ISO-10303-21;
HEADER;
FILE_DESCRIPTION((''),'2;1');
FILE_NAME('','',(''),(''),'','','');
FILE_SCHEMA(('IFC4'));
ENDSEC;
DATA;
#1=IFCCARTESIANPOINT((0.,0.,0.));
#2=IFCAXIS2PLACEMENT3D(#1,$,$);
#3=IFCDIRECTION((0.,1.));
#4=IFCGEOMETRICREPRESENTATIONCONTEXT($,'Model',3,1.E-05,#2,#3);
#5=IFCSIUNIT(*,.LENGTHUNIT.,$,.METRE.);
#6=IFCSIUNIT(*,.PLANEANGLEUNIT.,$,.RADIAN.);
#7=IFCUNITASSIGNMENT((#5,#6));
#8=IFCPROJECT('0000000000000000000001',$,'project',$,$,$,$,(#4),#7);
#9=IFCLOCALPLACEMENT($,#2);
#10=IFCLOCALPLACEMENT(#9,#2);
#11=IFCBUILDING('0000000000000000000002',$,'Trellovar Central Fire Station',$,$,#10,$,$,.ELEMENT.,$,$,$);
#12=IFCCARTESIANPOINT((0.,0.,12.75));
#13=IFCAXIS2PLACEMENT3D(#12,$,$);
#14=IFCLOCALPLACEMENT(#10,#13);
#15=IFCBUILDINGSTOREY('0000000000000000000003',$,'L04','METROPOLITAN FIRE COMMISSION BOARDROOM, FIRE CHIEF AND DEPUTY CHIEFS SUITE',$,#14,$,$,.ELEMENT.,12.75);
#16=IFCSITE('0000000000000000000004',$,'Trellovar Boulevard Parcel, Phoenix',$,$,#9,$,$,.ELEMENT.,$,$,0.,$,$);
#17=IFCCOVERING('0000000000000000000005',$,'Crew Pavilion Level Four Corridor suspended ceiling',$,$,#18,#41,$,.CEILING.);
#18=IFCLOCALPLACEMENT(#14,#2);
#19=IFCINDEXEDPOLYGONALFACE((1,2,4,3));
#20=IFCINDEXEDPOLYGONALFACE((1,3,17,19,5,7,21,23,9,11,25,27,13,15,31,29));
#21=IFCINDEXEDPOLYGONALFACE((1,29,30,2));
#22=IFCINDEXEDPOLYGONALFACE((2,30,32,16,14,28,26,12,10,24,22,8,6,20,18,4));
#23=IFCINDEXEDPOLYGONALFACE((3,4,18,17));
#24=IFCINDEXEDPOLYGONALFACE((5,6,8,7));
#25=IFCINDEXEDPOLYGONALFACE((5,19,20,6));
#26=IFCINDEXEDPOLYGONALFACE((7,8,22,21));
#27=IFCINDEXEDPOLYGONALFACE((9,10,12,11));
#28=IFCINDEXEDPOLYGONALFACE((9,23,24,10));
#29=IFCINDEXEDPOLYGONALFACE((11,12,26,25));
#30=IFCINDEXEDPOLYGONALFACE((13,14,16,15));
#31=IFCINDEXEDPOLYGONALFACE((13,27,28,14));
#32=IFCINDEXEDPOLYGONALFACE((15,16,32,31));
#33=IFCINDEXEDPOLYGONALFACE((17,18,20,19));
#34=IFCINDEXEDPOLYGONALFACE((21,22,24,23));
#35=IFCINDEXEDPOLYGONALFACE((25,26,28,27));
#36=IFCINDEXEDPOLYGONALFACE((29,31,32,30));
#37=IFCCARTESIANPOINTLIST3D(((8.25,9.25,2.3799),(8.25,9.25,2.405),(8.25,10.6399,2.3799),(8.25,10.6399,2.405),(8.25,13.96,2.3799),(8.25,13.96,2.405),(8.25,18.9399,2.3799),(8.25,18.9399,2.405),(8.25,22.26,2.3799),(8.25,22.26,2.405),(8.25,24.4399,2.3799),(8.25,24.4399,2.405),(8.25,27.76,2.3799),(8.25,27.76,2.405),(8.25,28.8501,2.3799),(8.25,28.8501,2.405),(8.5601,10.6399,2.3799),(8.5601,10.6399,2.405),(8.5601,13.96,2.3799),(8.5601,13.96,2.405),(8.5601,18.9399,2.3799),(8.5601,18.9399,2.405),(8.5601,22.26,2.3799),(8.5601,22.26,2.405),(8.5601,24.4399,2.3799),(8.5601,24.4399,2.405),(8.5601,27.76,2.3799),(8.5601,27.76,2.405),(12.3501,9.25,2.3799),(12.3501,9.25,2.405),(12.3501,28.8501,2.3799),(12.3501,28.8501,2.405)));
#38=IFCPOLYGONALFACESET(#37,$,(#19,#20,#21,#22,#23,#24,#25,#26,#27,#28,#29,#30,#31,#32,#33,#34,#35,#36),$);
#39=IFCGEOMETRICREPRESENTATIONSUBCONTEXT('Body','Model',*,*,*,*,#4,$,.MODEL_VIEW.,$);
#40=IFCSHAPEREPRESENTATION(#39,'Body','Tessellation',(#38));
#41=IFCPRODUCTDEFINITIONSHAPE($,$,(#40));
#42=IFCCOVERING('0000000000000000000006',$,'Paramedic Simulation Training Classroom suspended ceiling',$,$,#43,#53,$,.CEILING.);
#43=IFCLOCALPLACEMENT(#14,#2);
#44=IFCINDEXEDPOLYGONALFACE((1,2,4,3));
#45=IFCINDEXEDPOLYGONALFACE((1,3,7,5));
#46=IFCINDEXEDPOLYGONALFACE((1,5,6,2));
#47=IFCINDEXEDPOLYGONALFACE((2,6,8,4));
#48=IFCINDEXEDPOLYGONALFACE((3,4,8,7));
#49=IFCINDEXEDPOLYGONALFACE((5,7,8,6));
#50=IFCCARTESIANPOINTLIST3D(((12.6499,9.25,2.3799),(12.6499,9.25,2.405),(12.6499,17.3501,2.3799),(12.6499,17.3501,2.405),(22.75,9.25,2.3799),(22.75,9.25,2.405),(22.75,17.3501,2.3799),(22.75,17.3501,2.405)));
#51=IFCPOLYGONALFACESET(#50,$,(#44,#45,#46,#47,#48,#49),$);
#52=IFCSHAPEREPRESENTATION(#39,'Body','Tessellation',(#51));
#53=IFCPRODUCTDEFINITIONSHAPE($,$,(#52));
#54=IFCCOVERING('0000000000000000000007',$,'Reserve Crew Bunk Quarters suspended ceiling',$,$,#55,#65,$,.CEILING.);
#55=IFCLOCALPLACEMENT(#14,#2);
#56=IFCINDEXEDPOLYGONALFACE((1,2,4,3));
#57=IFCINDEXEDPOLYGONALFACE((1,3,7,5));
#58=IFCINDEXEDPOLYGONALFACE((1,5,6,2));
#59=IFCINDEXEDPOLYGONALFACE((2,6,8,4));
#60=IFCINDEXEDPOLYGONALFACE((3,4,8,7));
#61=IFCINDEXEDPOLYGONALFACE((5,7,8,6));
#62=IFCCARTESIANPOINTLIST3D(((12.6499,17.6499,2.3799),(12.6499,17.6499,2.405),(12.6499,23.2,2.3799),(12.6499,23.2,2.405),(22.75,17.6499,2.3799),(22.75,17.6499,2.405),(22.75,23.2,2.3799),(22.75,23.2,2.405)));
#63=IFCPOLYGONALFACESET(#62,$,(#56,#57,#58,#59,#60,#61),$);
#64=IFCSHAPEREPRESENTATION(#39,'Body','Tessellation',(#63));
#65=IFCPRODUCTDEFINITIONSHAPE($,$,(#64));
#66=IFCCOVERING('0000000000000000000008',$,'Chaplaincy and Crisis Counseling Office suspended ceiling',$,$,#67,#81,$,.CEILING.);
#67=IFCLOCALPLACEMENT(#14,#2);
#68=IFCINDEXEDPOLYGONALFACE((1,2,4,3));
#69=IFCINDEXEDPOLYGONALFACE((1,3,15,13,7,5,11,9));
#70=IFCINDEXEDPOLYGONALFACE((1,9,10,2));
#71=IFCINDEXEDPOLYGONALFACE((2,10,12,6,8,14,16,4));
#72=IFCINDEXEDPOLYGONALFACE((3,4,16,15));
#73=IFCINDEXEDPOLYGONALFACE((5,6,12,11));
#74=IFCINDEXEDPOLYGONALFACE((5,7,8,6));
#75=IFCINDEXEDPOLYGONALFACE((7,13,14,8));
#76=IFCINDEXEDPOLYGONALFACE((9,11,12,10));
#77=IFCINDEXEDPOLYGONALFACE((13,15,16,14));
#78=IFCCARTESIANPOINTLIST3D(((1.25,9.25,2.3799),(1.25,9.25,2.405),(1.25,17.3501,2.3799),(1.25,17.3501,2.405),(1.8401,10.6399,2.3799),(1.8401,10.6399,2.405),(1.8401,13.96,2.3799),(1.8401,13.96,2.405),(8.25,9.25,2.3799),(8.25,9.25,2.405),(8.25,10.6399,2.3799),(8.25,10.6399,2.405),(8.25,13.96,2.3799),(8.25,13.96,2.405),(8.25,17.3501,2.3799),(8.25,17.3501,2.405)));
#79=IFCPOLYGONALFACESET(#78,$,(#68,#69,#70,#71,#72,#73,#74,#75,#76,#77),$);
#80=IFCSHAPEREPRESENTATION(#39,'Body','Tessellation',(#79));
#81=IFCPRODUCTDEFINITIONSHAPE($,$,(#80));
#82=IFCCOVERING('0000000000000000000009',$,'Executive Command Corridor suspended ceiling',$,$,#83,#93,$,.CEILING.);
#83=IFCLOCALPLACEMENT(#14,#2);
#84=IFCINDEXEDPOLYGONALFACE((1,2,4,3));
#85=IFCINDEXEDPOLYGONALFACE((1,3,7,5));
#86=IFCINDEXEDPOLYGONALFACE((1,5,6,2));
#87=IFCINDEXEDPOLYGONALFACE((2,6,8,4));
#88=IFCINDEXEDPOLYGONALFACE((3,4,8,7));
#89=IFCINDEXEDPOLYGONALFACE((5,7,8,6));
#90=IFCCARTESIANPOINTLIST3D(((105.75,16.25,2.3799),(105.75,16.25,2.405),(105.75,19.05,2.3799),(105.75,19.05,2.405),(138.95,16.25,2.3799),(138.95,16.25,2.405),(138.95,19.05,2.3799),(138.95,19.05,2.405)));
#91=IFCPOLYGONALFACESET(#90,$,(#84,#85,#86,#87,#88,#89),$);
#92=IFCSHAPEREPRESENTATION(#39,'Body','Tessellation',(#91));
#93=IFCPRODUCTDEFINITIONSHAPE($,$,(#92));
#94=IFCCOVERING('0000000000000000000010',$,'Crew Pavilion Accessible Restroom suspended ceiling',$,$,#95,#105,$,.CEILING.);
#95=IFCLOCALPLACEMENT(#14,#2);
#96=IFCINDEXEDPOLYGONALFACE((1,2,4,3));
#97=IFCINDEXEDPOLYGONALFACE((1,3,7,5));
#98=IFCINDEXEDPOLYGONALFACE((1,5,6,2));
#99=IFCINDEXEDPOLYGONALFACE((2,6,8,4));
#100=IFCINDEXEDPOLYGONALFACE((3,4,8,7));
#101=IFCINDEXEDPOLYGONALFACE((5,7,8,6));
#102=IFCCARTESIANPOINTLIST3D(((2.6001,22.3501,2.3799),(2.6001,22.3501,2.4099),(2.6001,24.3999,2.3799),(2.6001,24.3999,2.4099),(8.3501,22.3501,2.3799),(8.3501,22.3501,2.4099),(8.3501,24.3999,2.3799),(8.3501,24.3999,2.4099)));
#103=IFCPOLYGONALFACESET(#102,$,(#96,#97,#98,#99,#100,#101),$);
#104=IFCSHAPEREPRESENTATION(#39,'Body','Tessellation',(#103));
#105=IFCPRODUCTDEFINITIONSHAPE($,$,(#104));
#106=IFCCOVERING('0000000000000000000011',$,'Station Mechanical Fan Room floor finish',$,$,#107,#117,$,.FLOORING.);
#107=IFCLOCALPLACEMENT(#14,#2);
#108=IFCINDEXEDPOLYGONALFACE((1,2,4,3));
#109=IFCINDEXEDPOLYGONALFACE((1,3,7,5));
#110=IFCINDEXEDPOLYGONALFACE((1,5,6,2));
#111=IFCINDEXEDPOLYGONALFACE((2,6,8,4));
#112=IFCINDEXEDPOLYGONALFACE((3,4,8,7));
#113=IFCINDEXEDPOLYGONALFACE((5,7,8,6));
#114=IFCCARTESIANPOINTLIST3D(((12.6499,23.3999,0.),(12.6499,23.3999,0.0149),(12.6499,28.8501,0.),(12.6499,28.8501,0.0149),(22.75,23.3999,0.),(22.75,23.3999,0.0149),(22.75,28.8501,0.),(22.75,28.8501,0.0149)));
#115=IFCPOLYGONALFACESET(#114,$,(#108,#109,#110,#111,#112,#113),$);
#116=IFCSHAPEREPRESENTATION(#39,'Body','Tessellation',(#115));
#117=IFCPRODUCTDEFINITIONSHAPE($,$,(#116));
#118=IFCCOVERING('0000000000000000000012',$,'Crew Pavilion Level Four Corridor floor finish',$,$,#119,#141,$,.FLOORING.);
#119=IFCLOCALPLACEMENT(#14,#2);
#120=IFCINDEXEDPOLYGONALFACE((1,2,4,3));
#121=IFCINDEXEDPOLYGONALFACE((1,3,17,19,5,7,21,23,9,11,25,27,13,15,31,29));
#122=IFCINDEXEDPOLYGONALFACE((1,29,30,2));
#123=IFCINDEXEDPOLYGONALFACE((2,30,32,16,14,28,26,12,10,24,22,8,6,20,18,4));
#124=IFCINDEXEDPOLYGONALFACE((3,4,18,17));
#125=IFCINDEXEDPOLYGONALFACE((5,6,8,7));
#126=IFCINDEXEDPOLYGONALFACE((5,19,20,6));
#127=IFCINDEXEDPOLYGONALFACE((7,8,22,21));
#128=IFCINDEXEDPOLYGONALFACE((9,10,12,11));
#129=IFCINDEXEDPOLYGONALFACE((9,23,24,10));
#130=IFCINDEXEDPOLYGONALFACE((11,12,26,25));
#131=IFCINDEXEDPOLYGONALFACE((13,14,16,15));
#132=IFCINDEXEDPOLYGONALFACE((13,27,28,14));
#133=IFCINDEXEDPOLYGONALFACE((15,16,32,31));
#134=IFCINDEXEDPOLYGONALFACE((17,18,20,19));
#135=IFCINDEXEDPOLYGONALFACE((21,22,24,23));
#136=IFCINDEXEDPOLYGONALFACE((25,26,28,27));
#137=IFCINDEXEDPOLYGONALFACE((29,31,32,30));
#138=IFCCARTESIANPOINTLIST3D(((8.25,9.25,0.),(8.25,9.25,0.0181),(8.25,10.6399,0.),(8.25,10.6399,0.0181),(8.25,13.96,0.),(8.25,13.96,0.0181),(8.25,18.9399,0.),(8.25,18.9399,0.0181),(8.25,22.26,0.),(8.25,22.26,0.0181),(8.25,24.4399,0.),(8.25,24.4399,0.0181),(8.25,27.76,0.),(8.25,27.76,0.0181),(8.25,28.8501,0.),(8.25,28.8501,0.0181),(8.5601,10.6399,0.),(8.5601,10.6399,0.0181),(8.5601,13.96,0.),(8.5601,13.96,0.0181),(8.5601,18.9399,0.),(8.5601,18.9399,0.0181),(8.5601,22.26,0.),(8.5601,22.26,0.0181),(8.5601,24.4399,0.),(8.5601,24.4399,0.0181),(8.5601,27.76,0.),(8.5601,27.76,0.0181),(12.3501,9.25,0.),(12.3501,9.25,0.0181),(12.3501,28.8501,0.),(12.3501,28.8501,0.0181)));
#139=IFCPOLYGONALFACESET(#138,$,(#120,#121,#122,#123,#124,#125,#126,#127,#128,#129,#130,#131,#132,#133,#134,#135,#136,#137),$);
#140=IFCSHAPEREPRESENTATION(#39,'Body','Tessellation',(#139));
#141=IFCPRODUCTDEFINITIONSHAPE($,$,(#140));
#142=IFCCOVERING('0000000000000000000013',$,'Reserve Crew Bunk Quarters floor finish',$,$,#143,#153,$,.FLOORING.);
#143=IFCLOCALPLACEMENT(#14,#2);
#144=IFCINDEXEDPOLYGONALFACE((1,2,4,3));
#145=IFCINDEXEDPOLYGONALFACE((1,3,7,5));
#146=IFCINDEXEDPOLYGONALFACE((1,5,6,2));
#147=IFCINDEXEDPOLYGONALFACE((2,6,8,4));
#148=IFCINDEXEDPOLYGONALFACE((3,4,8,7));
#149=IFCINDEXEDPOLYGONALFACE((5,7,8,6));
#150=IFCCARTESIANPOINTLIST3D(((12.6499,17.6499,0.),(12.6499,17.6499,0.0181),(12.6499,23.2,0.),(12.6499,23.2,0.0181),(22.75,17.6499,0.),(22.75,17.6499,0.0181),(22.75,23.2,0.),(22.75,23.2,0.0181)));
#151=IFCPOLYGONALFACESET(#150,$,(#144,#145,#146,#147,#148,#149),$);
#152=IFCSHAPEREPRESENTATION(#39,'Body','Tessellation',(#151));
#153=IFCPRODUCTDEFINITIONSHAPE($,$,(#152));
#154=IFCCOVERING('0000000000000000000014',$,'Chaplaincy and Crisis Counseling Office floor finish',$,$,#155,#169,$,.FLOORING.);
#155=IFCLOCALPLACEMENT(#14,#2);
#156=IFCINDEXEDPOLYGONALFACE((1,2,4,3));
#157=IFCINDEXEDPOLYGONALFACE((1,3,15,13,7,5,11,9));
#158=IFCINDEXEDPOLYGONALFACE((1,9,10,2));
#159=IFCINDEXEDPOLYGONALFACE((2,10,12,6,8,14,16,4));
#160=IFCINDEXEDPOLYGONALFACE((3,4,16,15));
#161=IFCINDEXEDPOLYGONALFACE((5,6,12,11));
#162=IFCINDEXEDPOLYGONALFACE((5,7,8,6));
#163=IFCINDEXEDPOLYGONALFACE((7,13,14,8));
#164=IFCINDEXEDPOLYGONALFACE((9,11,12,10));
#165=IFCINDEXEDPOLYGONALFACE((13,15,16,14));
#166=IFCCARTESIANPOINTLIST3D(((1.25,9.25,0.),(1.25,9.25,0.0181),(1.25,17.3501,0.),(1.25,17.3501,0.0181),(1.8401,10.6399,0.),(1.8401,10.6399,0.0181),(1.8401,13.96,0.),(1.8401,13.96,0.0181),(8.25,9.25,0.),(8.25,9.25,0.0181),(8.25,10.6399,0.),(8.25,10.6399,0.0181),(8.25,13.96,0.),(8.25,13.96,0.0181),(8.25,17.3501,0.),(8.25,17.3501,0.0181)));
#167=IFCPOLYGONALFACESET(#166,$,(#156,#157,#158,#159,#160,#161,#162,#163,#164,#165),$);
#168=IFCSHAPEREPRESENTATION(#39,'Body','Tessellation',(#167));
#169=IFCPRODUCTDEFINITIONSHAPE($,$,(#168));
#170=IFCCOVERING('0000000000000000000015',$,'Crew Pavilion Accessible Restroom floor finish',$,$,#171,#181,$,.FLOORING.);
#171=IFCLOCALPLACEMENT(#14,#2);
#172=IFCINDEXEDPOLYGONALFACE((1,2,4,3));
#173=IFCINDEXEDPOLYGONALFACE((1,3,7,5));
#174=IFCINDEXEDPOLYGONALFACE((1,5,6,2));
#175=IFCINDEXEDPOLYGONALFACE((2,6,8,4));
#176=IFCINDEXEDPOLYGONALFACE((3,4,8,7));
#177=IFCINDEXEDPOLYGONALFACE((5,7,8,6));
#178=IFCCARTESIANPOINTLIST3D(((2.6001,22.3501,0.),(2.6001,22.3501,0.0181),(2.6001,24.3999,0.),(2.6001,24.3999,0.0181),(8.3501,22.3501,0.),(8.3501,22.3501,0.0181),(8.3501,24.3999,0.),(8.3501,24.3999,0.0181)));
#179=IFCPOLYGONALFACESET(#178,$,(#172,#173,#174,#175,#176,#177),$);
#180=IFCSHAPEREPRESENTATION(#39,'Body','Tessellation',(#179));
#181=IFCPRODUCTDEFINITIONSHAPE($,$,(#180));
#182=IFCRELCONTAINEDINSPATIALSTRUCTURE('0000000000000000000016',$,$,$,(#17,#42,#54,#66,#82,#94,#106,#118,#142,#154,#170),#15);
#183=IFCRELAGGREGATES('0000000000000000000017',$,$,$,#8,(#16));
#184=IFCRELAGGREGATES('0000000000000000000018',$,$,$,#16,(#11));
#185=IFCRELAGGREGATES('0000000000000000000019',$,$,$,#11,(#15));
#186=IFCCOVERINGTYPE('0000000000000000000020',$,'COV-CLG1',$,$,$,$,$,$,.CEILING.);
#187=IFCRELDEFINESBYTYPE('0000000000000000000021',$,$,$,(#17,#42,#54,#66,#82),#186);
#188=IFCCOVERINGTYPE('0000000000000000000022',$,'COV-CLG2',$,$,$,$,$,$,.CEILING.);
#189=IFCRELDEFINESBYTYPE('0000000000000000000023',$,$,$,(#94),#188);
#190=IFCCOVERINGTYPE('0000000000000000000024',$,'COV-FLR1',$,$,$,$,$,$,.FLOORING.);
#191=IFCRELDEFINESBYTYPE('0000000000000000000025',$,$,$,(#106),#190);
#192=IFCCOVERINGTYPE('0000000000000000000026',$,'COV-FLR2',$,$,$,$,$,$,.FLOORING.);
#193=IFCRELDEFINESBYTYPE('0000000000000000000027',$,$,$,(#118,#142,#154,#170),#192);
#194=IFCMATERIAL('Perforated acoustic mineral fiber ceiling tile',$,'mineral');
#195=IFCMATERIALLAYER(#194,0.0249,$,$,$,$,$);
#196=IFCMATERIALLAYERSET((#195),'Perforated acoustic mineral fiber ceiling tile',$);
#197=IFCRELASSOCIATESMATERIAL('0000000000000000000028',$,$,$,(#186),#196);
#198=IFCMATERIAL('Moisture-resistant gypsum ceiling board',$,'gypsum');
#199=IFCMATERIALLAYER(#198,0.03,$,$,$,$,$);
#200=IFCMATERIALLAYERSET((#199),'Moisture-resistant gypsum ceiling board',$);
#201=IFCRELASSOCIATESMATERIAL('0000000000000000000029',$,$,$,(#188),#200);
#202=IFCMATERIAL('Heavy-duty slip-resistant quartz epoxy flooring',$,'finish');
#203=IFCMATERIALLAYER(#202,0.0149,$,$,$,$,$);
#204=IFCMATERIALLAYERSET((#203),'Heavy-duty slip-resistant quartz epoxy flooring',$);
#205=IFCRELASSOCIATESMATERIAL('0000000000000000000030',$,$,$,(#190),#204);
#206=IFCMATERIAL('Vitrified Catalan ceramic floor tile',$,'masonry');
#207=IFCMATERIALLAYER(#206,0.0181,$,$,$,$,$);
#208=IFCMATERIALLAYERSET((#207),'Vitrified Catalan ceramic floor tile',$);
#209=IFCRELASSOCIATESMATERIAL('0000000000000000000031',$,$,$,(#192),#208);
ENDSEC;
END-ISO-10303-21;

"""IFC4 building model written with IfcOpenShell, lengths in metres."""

from ifc_helpers import new_model, si_unit, direction, frame, origin, place, context, subcontext, project, spatial, polyline, outline, extrude, material, layer, layer_set, type_object, element, save


model = new_model("IFC4")

# Units and contexts
model_context = context("Model", 3, precision=1e-05, world=origin(), true_north=direction((0.0, 1.0)))
body_context = subcontext(model_context, "Body", "Model", "MODEL_VIEW")
ifc_project = project(units=[si_unit("LENGTHUNIT", "METRE"), si_unit("PLANEANGLEUNIT", "RADIAN")], contexts=[model_context])

# Site, building, storey
site_placement = place(None, origin())
site = spatial("IfcSite", under=ifc_project, at=site_placement, Name="Trellovar Boulevard Parcel, Phoenix", CompositionType="ELEMENT", RefElevation=0.0)
building_placement = place(site_placement, origin())
building = spatial("IfcBuilding", under=site, at=building_placement, Name="Trellovar Central Fire Station", CompositionType="ELEMENT")
storey_placement = place(building_placement, frame((0.0, 0.0, 12.75)))
storey = spatial("IfcBuildingStorey", under=building, at=storey_placement, Name="L04", Description="METROPOLITAN FIRE COMMISSION BOARDROOM, FIRE CHIEF AND DEPUTY CHIEFS SUITE", CompositionType="ELEMENT", Elevation=12.75)

# Coverings
ifc_material_1 = material(Name="Perforated acoustic mineral fiber ceiling tile", Category="mineral")
ifc_layer_1 = layer(ifc_material_1, 0.0249)
ifc_layer_set_1 = layer_set([ifc_layer_1], Name="Perforated acoustic mineral fiber ceiling tile")
covering_type_1 = type_object("IfcCoveringType", Name="COV-CLG1", PredefinedType="CEILING", material=ifc_layer_set_1)
covering_1_placement = place(storey_placement, frame((0.0, 0.0, 2.3799)))
element("IfcCovering", 1, at=covering_1_placement, inside=storey, type_object=covering_type_1, Name="Crew Pavilion Level Four Corridor suspended ceiling", PredefinedType="CEILING", context=body_context, shape_type="SweptSolid", body=[
    extrude(outline(polyline([(8.5601, 18.9399), (8.5601, 22.26), (8.25, 22.26), (8.25, 24.4399), (8.5601, 24.4399), (8.5601, 27.76), (8.25, 27.76), (8.25, 28.8501), (12.3501, 28.8501), (12.3501, 9.25), (8.25, 9.25), (8.25, 10.6399), (8.5601, 10.6399), (8.5601, 13.96), (8.25, 13.96), (8.25, 18.9399), (8.5601, 18.9399)])), origin(), (0.0, 0.0, 1.0), 0.0251),
])
covering_2_placement = place(storey_placement, frame((0.0, 0.0, 2.3799)))
element("IfcCovering", 2, at=covering_2_placement, inside=storey, type_object=covering_type_1, Name="Paramedic Simulation Training Classroom suspended ceiling", PredefinedType="CEILING", context=body_context, shape_type="SweptSolid", body=[
    extrude(outline(polyline([(22.75, 17.3501), (22.75, 9.25), (12.6499, 9.25), (12.6499, 17.3501), (22.75, 17.3501)])), origin(), (0.0, 0.0, 1.0), 0.0251),
])
covering_3_placement = place(storey_placement, frame((0.0, 0.0, 2.3799)))
element("IfcCovering", 3, at=covering_3_placement, inside=storey, type_object=covering_type_1, Name="Reserve Crew Bunk Quarters suspended ceiling", PredefinedType="CEILING", context=body_context, shape_type="SweptSolid", body=[
    extrude(outline(polyline([(22.75, 23.2), (22.75, 17.6499), (12.6499, 17.6499), (12.6499, 23.2), (22.75, 23.2)])), origin(), (0.0, 0.0, 1.0), 0.0251),
])
covering_4_placement = place(storey_placement, frame((0.0, 0.0, 2.3799)))
element("IfcCovering", 4, at=covering_4_placement, inside=storey, type_object=covering_type_1, Name="Chaplaincy and Crisis Counseling Office suspended ceiling", PredefinedType="CEILING", context=body_context, shape_type="SweptSolid", body=[
    extrude(outline(polyline([(8.25, 17.3501), (8.25, 13.96), (1.8401, 13.96), (1.8401, 10.6399), (8.25, 10.6399), (8.25, 9.25), (1.25, 9.25), (1.25, 17.3501), (8.25, 17.3501)])), origin(), (0.0, 0.0, 1.0), 0.0251),
])
covering_5_placement = place(storey_placement, frame((0.0, 0.0, 2.3799)))
element("IfcCovering", 5, at=covering_5_placement, inside=storey, type_object=covering_type_1, Name="Executive Command Corridor suspended ceiling", PredefinedType="CEILING", context=body_context, shape_type="SweptSolid", body=[
    extrude(outline(polyline([(138.95, 19.05), (138.95, 16.25), (105.75, 16.25), (105.75, 19.05), (138.95, 19.05)])), origin(), (0.0, 0.0, 1.0), 0.0251),
])
ifc_material_2 = material(Name="Moisture-resistant gypsum ceiling board", Category="gypsum")
ifc_layer_2 = layer(ifc_material_2, 0.03)
ifc_layer_set_2 = layer_set([ifc_layer_2], Name="Moisture-resistant gypsum ceiling board")
covering_type_2 = type_object("IfcCoveringType", Name="COV-CLG2", PredefinedType="CEILING", material=ifc_layer_set_2)
covering_6_placement = place(storey_placement, frame((0.0, 0.0, 2.3799)))
element("IfcCovering", 6, at=covering_6_placement, inside=storey, type_object=covering_type_2, Name="Crew Pavilion Accessible Restroom suspended ceiling", PredefinedType="CEILING", context=body_context, shape_type="SweptSolid", body=[
    extrude(outline(polyline([(8.3501, 24.3999), (8.3501, 22.3501), (2.6001, 22.3501), (2.6001, 24.3999), (8.3501, 24.3999)])), origin(), (0.0, 0.0, 1.0), 0.03),
])
ifc_material_3 = material(Name="Heavy-duty slip-resistant quartz epoxy flooring", Category="finish")
ifc_layer_3 = layer(ifc_material_3, 0.0149)
ifc_layer_set_3 = layer_set([ifc_layer_3], Name="Heavy-duty slip-resistant quartz epoxy flooring")
covering_type_3 = type_object("IfcCoveringType", Name="COV-FLR1", PredefinedType="FLOORING", material=ifc_layer_set_3)
covering_7_placement = place(storey_placement, origin())
element("IfcCovering", 7, at=covering_7_placement, inside=storey, type_object=covering_type_3, Name="Station Mechanical Fan Room floor finish", PredefinedType="FLOORING", context=body_context, shape_type="SweptSolid", body=[
    extrude(outline(polyline([(22.75, 28.8501), (22.75, 23.3999), (12.6499, 23.3999), (12.6499, 28.8501), (22.75, 28.8501)])), origin(), (0.0, 0.0, 1.0), 0.0149),
])
ifc_material_4 = material(Name="Vitrified Catalan ceramic floor tile", Category="masonry")
ifc_layer_4 = layer(ifc_material_4, 0.0181)
ifc_layer_set_4 = layer_set([ifc_layer_4], Name="Vitrified Catalan ceramic floor tile")
covering_type_4 = type_object("IfcCoveringType", Name="COV-FLR2", PredefinedType="FLOORING", material=ifc_layer_set_4)
covering_8_placement = place(storey_placement, origin())
element("IfcCovering", 8, at=covering_8_placement, inside=storey, type_object=covering_type_4, Name="Crew Pavilion Level Four Corridor floor finish", PredefinedType="FLOORING", context=body_context, shape_type="SweptSolid", body=[
    extrude(outline(polyline([(8.5601, 18.9399), (8.5601, 22.26), (8.25, 22.26), (8.25, 24.4399), (8.5601, 24.4399), (8.5601, 27.76), (8.25, 27.76), (8.25, 28.8501), (12.3501, 28.8501), (12.3501, 9.25), (8.25, 9.25), (8.25, 10.6399), (8.5601, 10.6399), (8.5601, 13.96), (8.25, 13.96), (8.25, 18.9399), (8.5601, 18.9399)])), origin(), (0.0, 0.0, 1.0), 0.0181),
])
covering_9_placement = place(storey_placement, origin())
element("IfcCovering", 9, at=covering_9_placement, inside=storey, type_object=covering_type_4, Name="Reserve Crew Bunk Quarters floor finish", PredefinedType="FLOORING", context=body_context, shape_type="SweptSolid", body=[
    extrude(outline(polyline([(22.75, 23.2), (22.75, 17.6499), (12.6499, 17.6499), (12.6499, 23.2), (22.75, 23.2)])), origin(), (0.0, 0.0, 1.0), 0.0181),
])
covering_10_placement = place(storey_placement, origin())
element("IfcCovering", 10, at=covering_10_placement, inside=storey, type_object=covering_type_4, Name="Chaplaincy and Crisis Counseling Office floor finish", PredefinedType="FLOORING", context=body_context, shape_type="SweptSolid", body=[
    extrude(outline(polyline([(8.25, 17.3501), (8.25, 13.96), (1.8401, 13.96), (1.8401, 10.6399), (8.25, 10.6399), (8.25, 9.25), (1.25, 9.25), (1.25, 17.3501), (8.25, 17.3501)])), origin(), (0.0, 0.0, 1.0), 0.0181),
])
covering_11_placement = place(storey_placement, origin())
element("IfcCovering", 11, at=covering_11_placement, inside=storey, type_object=covering_type_4, Name="Crew Pavilion Accessible Restroom floor finish", PredefinedType="FLOORING", context=body_context, shape_type="SweptSolid", body=[
    extrude(outline(polyline([(8.3501, 24.3999), (8.3501, 22.3501), (2.6001, 22.3501), (2.6001, 24.3999), (8.3501, 24.3999)])), origin(), (0.0, 0.0, 1.0), 0.0181),
])

save(model, "model.ifc")
